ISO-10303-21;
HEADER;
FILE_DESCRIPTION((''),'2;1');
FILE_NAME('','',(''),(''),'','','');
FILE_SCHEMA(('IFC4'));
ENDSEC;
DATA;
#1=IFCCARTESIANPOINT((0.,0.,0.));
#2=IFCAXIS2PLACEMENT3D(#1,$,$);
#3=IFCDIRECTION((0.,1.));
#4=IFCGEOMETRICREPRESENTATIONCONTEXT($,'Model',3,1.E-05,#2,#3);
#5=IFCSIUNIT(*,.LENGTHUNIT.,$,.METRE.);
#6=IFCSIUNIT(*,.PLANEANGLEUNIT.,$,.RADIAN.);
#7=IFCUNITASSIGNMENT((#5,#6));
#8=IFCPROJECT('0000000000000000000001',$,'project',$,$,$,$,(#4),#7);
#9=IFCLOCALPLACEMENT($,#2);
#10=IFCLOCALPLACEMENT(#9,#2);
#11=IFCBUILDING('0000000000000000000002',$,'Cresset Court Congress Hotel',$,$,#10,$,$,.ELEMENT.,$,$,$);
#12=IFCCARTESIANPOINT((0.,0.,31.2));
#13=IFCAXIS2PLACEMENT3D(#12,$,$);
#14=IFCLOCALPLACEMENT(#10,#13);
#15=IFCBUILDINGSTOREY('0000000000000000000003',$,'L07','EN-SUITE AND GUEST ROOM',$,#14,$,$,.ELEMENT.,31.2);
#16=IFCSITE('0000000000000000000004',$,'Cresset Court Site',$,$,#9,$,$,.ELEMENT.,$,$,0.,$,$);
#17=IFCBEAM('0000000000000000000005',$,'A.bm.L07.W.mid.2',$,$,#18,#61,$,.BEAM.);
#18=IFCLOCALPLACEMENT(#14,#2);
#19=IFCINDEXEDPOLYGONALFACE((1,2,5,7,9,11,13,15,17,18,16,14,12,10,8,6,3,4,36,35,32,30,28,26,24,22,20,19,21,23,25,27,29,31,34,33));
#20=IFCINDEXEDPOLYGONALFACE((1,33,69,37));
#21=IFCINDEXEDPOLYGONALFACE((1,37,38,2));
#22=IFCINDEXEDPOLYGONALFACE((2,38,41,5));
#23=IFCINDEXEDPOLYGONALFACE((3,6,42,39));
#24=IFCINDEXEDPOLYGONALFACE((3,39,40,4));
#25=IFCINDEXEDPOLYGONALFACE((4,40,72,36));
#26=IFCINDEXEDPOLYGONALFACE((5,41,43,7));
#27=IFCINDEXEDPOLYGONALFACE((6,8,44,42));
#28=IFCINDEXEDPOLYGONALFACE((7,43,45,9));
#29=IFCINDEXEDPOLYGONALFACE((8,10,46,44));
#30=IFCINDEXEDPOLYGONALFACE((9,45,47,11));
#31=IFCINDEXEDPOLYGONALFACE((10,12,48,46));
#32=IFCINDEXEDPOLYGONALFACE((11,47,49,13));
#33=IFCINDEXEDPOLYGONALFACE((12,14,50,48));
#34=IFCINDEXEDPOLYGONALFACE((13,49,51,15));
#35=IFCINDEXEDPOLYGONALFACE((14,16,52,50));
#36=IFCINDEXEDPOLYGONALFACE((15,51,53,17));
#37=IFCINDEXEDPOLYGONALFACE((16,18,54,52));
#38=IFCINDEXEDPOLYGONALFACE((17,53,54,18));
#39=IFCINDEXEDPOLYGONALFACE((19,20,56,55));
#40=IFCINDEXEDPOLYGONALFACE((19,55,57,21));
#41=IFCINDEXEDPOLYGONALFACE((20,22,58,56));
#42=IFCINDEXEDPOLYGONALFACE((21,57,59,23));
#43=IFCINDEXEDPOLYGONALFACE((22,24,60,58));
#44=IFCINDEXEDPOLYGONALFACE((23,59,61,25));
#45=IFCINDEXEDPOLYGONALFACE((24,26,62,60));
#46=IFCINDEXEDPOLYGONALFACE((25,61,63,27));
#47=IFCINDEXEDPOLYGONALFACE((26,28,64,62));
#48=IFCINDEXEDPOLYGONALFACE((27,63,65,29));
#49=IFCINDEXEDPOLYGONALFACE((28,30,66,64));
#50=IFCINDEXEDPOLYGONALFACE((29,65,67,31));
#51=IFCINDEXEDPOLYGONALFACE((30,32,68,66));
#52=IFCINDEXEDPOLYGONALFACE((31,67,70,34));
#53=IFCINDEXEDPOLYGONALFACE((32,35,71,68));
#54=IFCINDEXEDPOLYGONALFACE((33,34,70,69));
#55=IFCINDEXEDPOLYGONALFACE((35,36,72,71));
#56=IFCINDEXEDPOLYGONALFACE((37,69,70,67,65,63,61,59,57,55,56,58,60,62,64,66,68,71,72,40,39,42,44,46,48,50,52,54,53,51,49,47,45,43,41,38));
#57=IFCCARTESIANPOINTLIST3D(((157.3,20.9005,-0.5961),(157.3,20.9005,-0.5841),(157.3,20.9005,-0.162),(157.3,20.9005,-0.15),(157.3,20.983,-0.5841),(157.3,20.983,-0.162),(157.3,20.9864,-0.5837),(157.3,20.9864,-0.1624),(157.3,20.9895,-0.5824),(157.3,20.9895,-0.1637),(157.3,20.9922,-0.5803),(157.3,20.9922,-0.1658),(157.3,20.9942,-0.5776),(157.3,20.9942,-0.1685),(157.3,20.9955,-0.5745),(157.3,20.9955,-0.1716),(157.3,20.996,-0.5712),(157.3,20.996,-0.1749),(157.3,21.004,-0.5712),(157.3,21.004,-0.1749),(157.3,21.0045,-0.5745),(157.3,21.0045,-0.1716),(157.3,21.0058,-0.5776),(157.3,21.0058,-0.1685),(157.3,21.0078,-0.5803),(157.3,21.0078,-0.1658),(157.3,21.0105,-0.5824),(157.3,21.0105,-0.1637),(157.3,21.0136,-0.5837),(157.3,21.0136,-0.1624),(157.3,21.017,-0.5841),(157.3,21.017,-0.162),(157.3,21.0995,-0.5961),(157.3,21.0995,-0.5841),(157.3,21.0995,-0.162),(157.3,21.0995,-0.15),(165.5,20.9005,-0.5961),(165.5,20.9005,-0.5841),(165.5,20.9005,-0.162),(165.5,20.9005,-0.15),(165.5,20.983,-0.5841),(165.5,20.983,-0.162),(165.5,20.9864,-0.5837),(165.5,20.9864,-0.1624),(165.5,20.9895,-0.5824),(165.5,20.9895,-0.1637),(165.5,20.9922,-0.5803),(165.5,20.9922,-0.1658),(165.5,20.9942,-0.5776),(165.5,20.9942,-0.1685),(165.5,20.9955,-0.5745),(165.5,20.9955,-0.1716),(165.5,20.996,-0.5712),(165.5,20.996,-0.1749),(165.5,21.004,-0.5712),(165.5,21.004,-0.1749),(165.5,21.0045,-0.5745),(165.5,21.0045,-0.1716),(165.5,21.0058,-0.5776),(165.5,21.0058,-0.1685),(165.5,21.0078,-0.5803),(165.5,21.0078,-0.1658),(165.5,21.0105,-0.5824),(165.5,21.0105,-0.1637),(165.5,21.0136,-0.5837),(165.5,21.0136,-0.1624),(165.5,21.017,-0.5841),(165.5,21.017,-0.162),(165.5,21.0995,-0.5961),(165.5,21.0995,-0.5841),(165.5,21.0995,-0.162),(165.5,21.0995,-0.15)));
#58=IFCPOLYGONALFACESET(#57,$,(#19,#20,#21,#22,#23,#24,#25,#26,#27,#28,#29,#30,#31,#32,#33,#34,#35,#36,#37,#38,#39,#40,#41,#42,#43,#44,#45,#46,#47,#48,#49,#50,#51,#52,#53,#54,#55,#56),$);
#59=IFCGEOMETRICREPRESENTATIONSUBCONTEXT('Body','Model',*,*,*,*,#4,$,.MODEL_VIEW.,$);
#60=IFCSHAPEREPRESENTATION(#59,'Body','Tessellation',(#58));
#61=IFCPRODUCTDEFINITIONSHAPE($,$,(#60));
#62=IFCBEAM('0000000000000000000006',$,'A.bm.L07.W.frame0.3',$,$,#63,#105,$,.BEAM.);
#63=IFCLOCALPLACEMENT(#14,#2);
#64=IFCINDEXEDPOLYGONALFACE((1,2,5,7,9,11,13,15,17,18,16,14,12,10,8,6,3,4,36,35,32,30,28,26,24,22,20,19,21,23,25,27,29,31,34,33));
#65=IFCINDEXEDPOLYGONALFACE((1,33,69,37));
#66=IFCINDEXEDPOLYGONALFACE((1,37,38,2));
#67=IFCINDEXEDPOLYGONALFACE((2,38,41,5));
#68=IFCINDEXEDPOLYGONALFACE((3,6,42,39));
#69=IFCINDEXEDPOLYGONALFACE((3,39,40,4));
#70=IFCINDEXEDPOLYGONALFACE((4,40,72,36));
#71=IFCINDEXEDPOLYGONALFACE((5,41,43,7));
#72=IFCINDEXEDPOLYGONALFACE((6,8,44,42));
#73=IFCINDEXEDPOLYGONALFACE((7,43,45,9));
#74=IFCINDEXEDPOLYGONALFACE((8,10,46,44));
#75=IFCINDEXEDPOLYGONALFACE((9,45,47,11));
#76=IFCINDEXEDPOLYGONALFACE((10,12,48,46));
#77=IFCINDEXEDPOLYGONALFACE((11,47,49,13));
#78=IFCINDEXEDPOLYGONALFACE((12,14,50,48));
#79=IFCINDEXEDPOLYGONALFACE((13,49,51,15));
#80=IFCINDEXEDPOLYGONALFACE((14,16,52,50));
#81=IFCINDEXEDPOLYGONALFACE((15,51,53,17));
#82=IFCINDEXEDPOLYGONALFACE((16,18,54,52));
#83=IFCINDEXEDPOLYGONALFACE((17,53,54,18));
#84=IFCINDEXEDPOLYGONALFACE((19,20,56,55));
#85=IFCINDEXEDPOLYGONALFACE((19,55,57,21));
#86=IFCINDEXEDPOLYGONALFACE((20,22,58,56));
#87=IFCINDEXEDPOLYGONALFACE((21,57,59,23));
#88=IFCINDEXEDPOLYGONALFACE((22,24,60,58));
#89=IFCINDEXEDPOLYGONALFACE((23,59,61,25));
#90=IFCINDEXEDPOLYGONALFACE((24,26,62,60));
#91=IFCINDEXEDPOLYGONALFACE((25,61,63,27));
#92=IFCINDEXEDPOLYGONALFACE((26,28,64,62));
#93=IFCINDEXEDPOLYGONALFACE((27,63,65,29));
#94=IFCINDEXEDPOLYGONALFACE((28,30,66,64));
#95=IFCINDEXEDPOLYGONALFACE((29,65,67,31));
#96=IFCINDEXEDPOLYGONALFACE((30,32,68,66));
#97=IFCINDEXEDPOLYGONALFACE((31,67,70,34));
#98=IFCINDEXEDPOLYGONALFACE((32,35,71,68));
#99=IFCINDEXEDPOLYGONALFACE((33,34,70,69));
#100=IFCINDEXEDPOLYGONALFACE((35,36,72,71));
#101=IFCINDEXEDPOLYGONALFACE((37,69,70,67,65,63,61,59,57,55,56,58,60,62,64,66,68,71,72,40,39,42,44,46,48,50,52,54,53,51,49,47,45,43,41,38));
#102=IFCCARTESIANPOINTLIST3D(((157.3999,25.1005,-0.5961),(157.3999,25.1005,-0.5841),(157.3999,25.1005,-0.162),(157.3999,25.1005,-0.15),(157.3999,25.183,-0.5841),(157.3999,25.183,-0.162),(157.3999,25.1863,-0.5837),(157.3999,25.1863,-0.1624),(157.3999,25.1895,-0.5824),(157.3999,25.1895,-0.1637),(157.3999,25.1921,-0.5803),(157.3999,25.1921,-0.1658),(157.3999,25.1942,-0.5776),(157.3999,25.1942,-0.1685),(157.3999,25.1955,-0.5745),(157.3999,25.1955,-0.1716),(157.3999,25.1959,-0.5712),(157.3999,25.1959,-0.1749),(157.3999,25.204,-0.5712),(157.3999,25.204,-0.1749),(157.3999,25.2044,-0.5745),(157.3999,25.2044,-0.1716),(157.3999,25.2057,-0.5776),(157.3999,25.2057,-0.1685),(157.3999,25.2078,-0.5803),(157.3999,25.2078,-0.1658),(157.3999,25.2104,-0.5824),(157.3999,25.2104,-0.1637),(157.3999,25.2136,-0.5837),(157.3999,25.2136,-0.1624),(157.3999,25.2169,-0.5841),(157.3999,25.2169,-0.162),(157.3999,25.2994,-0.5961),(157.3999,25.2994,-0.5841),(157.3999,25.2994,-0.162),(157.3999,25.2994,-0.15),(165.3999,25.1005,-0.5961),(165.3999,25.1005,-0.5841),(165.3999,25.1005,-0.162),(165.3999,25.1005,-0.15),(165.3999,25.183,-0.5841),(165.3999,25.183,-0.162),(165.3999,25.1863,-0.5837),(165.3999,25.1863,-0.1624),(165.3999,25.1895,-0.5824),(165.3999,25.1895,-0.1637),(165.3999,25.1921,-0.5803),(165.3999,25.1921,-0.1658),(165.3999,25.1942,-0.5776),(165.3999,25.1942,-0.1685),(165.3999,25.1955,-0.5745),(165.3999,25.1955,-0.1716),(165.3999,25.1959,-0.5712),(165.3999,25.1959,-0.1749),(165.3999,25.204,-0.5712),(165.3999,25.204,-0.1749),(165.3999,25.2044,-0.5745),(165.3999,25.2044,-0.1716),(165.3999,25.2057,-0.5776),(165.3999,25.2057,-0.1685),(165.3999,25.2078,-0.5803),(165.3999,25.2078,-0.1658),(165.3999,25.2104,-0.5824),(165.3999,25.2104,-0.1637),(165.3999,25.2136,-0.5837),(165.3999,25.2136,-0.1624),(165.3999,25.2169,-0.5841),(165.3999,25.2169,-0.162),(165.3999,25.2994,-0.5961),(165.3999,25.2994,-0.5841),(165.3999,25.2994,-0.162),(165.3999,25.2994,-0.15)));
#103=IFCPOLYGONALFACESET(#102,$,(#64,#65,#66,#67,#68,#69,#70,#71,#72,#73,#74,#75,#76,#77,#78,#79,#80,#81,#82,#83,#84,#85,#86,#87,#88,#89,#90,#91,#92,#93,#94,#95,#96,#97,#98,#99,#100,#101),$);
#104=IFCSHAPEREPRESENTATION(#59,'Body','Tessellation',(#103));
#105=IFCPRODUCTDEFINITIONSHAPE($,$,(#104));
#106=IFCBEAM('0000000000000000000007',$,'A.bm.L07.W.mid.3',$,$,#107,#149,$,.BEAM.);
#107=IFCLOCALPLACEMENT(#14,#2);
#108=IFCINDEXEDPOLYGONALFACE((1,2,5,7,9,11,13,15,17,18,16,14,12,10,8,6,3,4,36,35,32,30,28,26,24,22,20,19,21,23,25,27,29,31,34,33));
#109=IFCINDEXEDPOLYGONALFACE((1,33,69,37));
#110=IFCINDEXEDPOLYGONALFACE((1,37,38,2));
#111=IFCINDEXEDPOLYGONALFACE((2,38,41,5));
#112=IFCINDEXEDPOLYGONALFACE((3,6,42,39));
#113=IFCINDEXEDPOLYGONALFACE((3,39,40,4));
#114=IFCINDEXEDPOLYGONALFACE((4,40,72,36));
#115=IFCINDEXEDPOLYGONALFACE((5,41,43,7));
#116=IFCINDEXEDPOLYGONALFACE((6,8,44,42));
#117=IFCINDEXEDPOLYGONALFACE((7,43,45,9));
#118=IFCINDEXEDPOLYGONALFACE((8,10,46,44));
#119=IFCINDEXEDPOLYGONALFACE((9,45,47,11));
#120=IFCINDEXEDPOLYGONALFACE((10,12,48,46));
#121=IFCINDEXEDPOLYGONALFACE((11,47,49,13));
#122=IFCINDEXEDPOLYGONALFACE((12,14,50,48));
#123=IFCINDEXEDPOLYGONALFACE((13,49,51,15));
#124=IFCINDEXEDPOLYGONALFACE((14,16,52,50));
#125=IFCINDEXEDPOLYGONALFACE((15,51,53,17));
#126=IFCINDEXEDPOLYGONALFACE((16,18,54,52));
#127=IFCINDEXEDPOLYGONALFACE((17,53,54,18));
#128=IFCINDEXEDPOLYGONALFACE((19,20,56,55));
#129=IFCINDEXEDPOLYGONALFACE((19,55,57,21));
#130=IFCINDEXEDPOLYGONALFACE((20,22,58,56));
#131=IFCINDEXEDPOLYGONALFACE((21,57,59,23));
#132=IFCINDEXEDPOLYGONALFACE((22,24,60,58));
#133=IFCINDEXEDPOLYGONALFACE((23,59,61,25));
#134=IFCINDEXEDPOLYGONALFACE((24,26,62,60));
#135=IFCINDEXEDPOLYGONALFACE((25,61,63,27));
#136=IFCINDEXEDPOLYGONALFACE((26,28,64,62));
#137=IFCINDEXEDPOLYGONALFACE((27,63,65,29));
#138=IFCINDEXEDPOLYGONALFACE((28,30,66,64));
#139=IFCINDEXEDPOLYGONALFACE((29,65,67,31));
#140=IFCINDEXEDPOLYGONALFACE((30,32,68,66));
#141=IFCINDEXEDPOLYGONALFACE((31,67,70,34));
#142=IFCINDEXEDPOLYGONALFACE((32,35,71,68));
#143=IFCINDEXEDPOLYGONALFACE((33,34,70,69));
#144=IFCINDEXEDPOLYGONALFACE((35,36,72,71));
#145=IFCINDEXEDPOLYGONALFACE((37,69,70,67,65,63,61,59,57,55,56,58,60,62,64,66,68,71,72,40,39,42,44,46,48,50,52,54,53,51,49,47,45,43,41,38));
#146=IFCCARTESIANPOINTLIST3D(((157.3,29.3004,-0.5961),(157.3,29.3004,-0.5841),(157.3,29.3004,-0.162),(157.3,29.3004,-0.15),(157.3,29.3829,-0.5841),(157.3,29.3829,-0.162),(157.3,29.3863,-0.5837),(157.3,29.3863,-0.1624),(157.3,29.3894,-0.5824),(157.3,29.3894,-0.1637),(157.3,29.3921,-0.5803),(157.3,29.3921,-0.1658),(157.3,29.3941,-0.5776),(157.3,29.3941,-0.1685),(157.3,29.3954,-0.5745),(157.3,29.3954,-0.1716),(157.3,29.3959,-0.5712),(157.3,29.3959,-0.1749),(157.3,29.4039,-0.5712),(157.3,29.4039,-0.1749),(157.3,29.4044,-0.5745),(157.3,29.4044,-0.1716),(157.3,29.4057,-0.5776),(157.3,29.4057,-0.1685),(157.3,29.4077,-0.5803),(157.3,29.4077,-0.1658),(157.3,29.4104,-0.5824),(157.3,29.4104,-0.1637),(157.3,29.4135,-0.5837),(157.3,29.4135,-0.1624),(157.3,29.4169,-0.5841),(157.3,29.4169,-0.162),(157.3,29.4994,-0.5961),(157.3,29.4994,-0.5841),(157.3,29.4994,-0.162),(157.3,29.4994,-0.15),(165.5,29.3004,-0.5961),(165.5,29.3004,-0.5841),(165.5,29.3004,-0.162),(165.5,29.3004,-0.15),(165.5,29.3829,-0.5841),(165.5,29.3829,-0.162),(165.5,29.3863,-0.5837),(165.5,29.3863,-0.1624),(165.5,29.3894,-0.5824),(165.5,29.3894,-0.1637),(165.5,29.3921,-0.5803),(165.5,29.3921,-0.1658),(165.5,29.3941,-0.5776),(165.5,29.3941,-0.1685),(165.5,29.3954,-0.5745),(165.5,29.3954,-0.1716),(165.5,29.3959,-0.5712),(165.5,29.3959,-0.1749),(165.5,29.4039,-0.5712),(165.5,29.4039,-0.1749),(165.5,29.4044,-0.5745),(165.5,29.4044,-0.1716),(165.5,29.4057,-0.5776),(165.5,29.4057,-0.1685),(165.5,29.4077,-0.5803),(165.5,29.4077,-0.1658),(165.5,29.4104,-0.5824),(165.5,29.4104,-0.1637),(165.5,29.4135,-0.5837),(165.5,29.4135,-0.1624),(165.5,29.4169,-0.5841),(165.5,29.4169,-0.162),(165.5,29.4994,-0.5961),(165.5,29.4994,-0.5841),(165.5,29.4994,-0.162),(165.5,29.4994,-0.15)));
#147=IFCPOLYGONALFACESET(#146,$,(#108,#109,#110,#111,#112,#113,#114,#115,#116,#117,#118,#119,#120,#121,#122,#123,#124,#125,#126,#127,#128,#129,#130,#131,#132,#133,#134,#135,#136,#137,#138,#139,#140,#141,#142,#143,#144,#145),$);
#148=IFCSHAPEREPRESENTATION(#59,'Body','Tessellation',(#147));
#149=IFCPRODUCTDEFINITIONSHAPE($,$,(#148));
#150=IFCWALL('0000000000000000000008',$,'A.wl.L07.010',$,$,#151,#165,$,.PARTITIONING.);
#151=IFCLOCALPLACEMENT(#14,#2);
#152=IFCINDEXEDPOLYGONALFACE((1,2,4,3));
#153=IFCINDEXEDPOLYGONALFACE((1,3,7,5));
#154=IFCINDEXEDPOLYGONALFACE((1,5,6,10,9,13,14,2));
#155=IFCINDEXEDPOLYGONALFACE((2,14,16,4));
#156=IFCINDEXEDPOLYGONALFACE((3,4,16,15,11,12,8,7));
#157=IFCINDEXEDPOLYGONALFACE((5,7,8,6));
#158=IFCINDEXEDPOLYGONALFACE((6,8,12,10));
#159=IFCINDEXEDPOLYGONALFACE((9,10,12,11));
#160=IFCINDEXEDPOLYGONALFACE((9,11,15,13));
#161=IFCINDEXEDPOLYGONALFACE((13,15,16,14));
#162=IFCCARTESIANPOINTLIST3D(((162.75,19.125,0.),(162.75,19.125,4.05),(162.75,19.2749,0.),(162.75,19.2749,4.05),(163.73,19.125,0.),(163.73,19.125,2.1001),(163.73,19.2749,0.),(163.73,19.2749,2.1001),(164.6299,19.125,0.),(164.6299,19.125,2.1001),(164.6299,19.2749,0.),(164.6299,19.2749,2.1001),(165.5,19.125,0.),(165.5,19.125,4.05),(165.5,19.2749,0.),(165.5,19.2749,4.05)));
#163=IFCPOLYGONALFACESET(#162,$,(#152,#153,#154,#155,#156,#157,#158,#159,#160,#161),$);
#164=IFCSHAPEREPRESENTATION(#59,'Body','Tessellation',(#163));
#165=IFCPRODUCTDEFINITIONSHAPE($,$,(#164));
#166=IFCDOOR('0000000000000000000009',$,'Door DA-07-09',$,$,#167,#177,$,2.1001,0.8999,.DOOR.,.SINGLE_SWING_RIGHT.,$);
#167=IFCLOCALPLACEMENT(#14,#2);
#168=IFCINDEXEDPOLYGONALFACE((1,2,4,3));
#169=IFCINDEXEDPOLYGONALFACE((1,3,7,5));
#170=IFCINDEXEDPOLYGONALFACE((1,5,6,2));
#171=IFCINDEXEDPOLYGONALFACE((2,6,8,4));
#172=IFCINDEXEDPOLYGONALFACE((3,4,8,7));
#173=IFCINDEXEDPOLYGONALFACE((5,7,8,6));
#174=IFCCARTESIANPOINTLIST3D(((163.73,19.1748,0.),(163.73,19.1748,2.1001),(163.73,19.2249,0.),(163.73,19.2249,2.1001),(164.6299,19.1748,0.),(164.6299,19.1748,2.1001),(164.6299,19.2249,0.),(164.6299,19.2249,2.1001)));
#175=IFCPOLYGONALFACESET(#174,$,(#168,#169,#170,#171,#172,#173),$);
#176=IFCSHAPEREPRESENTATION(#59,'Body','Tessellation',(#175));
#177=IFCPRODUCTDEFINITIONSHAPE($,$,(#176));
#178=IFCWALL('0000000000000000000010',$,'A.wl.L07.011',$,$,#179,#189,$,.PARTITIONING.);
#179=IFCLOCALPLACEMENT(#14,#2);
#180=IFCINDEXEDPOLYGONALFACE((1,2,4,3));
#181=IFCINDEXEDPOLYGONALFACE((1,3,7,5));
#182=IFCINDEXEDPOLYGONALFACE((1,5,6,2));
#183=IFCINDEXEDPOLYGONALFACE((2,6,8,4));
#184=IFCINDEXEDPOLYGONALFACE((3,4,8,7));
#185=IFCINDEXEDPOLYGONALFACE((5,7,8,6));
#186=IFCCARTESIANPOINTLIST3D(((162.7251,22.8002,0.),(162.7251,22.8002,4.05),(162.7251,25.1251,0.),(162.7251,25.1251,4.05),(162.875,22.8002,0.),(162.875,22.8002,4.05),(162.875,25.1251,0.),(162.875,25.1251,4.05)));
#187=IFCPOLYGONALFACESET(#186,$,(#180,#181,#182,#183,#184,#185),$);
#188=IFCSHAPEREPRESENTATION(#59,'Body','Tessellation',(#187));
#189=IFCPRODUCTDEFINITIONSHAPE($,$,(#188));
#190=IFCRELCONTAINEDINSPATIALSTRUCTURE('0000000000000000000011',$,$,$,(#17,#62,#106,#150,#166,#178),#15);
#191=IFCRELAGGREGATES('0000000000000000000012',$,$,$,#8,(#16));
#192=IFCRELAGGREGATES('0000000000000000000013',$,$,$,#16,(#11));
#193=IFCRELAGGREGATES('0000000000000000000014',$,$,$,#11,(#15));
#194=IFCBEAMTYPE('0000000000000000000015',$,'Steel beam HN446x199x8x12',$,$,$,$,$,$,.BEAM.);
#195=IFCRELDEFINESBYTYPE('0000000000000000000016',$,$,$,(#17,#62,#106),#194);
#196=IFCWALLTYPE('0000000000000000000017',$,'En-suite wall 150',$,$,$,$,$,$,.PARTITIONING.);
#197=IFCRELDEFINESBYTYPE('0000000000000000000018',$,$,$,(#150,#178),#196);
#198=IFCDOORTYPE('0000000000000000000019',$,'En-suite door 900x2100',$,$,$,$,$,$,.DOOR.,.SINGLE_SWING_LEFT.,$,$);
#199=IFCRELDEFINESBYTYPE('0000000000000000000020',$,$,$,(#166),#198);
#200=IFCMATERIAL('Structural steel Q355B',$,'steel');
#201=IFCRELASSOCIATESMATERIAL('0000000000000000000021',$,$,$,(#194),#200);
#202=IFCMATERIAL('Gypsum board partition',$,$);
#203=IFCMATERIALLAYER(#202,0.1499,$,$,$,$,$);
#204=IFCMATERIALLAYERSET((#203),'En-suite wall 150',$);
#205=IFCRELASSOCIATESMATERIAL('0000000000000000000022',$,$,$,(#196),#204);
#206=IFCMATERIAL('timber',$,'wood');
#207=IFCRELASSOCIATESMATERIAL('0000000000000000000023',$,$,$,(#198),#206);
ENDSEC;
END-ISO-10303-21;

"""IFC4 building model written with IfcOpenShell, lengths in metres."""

from ifc_helpers import new_model, si_unit, direction, frame, frame_2d, origin, origin_2d, place, context, subcontext, project, spatial, rectangle, i_section, extrude, material, layer, layer_set, material_profile, profile_set, type_object, element, fill, save


model = new_model("IFC4")

# Units and contexts
model_context = context("Model", 3, precision=1e-05, world=origin(), true_north=direction((0.0, 1.0)))
body_context = subcontext(model_context, "Body", "Model", "MODEL_VIEW")
ifc_project = project(units=[si_unit("LENGTHUNIT", "METRE"), si_unit("PLANEANGLEUNIT", "RADIAN")], contexts=[model_context])

# Site, building, storey
site_placement = place(None, origin())
site = spatial("IfcSite", under=ifc_project, at=site_placement, Name="Cresset Court Site", CompositionType="ELEMENT", RefElevation=0.0)
building_placement = place(site_placement, origin())
building = spatial("IfcBuilding", under=site, at=building_placement, Name="Cresset Court Congress Hotel", CompositionType="ELEMENT")
storey_placement = place(building_placement, frame((0.0, 0.0, 31.2)))
storey = spatial("IfcBuildingStorey", under=building, at=storey_placement, Name="L07", Description="EN-SUITE AND GUEST ROOM", CompositionType="ELEMENT", Elevation=31.2)

# Beams
ifc_material_1 = material(Name="Structural steel Q355B", Category="steel")
ifc_material_profile = material_profile(ifc_material_1, i_section(OverallWidth=0.199, OverallDepth=0.446, WebThickness=0.0081, FlangeThickness=0.012, FilletRadius=0.0129, at=origin_2d()), Name="HN446x199x8x12")
ifc_profile_set = profile_set([ifc_material_profile], Name="Structural steel Q355B")
beam_type = type_object("IfcBeamType", Name="Steel beam HN446x199x8x12", PredefinedType="BEAM", material=ifc_profile_set)
beam_1_placement = place(storey_placement, frame((157.3, 21.0, -0.373), z_axis=(1.0, 0.0, 0.0), x_axis=(0.0, 1.0, 0.0)))
element("IfcBeam", 1, at=beam_1_placement, inside=storey, type_object=beam_type, Name="A.bm.L07.W.mid.2", PredefinedType="BEAM", context=body_context, shape_type="SweptSolid", body=[
    extrude(i_section(OverallWidth=0.199, OverallDepth=0.446, WebThickness=0.0081, FlangeThickness=0.012, FilletRadius=0.0129, at=origin_2d()), origin(), (0.0, 0.0, 1.0), 8.2),
])
beam_2_placement = place(storey_placement, frame((157.3999, 25.2, -0.373), z_axis=(1.0, 0.0, 0.0), x_axis=(0.0, 1.0, 0.0)))
element("IfcBeam", 2, at=beam_2_placement, inside=storey, type_object=beam_type, Name="A.bm.L07.W.frame0.3", PredefinedType="BEAM", context=body_context, shape_type="SweptSolid", body=[
    extrude(i_section(OverallWidth=0.199, OverallDepth=0.446, WebThickness=0.0081, FlangeThickness=0.012, FilletRadius=0.0129, at=origin_2d()), origin(), (0.0, 0.0, 1.0), 8.0),
])
beam_3_placement = place(storey_placement, frame((157.3, 29.3999, -0.373), z_axis=(1.0, 0.0, 0.0), x_axis=(0.0, 1.0, 0.0)))
element("IfcBeam", 3, at=beam_3_placement, inside=storey, type_object=beam_type, Name="A.bm.L07.W.mid.3", PredefinedType="BEAM", context=body_context, shape_type="SweptSolid", body=[
    extrude(i_section(OverallWidth=0.199, OverallDepth=0.446, WebThickness=0.0081, FlangeThickness=0.012, FilletRadius=0.0129, at=origin_2d()), origin(), (0.0, 0.0, 1.0), 8.2),
])

# Wall, opening, door
ifc_material_2 = material(Name="Gypsum board partition")
ifc_layer_1 = layer(ifc_material_2, 0.1499)
ifc_layer_set_1 = layer_set([ifc_layer_1], Name="En-suite wall 150")
wall_type_1 = type_object("IfcWallType", Name="En-suite wall 150", PredefinedType="PARTITIONING", material=ifc_layer_set_1)
wall_1_placement = place(storey_placement, frame((162.75, 19.2, 0.0), z_axis=(0.0, 0.0, 1.0), x_axis=(1.0, 0.0, 0.0)))
wall_1 = element("IfcWall", 4, at=wall_1_placement, inside=storey, type_object=wall_type_1, Name="A.wl.L07.010", PredefinedType="PARTITIONING", context=body_context, shape_type="SweptSolid", body=[
    extrude(rectangle(XDim=2.75, YDim=0.1499, at=frame_2d((1.375, 0.0))), origin(), (0.0, 0.0, 1.0), 4.05),
])
opening_1_placement = place(wall_1_placement, frame((0.98, 0.0, 0.0)))
opening_1 = element("IfcOpeningElement", 5, at=opening_1_placement, cuts=wall_1, PredefinedType="OPENING", context=body_context, shape_type="SweptSolid", body=[
    extrude(rectangle(XDim=0.8999, YDim=2.1001, at=frame_2d((0.45, 1.05))), frame((0.0, 0.085, 0.0), z_axis=(0.0, -1.0, 0.0), x_axis=(1.0, 0.0, 0.0)), (0.0, 0.0, 1.0), 0.1699),
])
ifc_material_3 = material(Name="timber", Category="wood")
door_type = type_object("IfcDoorType", Name="En-suite door 900x2100", OperationType="SINGLE_SWING_LEFT", PredefinedType="DOOR", material=ifc_material_3)
door_1_placement = place(opening_1_placement, origin())
door_1 = element("IfcDoor", 6, at=door_1_placement, inside=storey, type_object=door_type, Name="Door DA-07-09", OperationType="SINGLE_SWING_RIGHT", OverallHeight=2.1001, OverallWidth=0.8999, PredefinedType="DOOR", context=body_context, shape_type="SweptSolid", body=[
    extrude(rectangle(XDim=0.8999, YDim=2.1001, at=frame_2d((0.45, 1.05))), frame((0.0, 0.0249, 0.0), z_axis=(0.0, -1.0, 0.0), x_axis=(1.0, 0.0, 0.0)), (0.0, 0.0, 1.0), 0.05),
])
fill(opening_1, door_1)

# Wall
wall_2_placement = place(storey_placement, frame((162.8, 22.8, 0.0), z_axis=(0.0, 0.0, 1.0), x_axis=(0.0, 1.0, 0.0)))
element("IfcWall", 7, at=wall_2_placement, inside=storey, type_object=wall_type_1, Name="A.wl.L07.011", PredefinedType="PARTITIONING", context=body_context, shape_type="SweptSolid", body=[
    extrude(rectangle(XDim=2.325, YDim=0.1499, at=frame_2d((1.1626, 0.0))), origin(), (0.0, 0.0, 1.0), 4.05),
])

save(model, "model.ifc")
